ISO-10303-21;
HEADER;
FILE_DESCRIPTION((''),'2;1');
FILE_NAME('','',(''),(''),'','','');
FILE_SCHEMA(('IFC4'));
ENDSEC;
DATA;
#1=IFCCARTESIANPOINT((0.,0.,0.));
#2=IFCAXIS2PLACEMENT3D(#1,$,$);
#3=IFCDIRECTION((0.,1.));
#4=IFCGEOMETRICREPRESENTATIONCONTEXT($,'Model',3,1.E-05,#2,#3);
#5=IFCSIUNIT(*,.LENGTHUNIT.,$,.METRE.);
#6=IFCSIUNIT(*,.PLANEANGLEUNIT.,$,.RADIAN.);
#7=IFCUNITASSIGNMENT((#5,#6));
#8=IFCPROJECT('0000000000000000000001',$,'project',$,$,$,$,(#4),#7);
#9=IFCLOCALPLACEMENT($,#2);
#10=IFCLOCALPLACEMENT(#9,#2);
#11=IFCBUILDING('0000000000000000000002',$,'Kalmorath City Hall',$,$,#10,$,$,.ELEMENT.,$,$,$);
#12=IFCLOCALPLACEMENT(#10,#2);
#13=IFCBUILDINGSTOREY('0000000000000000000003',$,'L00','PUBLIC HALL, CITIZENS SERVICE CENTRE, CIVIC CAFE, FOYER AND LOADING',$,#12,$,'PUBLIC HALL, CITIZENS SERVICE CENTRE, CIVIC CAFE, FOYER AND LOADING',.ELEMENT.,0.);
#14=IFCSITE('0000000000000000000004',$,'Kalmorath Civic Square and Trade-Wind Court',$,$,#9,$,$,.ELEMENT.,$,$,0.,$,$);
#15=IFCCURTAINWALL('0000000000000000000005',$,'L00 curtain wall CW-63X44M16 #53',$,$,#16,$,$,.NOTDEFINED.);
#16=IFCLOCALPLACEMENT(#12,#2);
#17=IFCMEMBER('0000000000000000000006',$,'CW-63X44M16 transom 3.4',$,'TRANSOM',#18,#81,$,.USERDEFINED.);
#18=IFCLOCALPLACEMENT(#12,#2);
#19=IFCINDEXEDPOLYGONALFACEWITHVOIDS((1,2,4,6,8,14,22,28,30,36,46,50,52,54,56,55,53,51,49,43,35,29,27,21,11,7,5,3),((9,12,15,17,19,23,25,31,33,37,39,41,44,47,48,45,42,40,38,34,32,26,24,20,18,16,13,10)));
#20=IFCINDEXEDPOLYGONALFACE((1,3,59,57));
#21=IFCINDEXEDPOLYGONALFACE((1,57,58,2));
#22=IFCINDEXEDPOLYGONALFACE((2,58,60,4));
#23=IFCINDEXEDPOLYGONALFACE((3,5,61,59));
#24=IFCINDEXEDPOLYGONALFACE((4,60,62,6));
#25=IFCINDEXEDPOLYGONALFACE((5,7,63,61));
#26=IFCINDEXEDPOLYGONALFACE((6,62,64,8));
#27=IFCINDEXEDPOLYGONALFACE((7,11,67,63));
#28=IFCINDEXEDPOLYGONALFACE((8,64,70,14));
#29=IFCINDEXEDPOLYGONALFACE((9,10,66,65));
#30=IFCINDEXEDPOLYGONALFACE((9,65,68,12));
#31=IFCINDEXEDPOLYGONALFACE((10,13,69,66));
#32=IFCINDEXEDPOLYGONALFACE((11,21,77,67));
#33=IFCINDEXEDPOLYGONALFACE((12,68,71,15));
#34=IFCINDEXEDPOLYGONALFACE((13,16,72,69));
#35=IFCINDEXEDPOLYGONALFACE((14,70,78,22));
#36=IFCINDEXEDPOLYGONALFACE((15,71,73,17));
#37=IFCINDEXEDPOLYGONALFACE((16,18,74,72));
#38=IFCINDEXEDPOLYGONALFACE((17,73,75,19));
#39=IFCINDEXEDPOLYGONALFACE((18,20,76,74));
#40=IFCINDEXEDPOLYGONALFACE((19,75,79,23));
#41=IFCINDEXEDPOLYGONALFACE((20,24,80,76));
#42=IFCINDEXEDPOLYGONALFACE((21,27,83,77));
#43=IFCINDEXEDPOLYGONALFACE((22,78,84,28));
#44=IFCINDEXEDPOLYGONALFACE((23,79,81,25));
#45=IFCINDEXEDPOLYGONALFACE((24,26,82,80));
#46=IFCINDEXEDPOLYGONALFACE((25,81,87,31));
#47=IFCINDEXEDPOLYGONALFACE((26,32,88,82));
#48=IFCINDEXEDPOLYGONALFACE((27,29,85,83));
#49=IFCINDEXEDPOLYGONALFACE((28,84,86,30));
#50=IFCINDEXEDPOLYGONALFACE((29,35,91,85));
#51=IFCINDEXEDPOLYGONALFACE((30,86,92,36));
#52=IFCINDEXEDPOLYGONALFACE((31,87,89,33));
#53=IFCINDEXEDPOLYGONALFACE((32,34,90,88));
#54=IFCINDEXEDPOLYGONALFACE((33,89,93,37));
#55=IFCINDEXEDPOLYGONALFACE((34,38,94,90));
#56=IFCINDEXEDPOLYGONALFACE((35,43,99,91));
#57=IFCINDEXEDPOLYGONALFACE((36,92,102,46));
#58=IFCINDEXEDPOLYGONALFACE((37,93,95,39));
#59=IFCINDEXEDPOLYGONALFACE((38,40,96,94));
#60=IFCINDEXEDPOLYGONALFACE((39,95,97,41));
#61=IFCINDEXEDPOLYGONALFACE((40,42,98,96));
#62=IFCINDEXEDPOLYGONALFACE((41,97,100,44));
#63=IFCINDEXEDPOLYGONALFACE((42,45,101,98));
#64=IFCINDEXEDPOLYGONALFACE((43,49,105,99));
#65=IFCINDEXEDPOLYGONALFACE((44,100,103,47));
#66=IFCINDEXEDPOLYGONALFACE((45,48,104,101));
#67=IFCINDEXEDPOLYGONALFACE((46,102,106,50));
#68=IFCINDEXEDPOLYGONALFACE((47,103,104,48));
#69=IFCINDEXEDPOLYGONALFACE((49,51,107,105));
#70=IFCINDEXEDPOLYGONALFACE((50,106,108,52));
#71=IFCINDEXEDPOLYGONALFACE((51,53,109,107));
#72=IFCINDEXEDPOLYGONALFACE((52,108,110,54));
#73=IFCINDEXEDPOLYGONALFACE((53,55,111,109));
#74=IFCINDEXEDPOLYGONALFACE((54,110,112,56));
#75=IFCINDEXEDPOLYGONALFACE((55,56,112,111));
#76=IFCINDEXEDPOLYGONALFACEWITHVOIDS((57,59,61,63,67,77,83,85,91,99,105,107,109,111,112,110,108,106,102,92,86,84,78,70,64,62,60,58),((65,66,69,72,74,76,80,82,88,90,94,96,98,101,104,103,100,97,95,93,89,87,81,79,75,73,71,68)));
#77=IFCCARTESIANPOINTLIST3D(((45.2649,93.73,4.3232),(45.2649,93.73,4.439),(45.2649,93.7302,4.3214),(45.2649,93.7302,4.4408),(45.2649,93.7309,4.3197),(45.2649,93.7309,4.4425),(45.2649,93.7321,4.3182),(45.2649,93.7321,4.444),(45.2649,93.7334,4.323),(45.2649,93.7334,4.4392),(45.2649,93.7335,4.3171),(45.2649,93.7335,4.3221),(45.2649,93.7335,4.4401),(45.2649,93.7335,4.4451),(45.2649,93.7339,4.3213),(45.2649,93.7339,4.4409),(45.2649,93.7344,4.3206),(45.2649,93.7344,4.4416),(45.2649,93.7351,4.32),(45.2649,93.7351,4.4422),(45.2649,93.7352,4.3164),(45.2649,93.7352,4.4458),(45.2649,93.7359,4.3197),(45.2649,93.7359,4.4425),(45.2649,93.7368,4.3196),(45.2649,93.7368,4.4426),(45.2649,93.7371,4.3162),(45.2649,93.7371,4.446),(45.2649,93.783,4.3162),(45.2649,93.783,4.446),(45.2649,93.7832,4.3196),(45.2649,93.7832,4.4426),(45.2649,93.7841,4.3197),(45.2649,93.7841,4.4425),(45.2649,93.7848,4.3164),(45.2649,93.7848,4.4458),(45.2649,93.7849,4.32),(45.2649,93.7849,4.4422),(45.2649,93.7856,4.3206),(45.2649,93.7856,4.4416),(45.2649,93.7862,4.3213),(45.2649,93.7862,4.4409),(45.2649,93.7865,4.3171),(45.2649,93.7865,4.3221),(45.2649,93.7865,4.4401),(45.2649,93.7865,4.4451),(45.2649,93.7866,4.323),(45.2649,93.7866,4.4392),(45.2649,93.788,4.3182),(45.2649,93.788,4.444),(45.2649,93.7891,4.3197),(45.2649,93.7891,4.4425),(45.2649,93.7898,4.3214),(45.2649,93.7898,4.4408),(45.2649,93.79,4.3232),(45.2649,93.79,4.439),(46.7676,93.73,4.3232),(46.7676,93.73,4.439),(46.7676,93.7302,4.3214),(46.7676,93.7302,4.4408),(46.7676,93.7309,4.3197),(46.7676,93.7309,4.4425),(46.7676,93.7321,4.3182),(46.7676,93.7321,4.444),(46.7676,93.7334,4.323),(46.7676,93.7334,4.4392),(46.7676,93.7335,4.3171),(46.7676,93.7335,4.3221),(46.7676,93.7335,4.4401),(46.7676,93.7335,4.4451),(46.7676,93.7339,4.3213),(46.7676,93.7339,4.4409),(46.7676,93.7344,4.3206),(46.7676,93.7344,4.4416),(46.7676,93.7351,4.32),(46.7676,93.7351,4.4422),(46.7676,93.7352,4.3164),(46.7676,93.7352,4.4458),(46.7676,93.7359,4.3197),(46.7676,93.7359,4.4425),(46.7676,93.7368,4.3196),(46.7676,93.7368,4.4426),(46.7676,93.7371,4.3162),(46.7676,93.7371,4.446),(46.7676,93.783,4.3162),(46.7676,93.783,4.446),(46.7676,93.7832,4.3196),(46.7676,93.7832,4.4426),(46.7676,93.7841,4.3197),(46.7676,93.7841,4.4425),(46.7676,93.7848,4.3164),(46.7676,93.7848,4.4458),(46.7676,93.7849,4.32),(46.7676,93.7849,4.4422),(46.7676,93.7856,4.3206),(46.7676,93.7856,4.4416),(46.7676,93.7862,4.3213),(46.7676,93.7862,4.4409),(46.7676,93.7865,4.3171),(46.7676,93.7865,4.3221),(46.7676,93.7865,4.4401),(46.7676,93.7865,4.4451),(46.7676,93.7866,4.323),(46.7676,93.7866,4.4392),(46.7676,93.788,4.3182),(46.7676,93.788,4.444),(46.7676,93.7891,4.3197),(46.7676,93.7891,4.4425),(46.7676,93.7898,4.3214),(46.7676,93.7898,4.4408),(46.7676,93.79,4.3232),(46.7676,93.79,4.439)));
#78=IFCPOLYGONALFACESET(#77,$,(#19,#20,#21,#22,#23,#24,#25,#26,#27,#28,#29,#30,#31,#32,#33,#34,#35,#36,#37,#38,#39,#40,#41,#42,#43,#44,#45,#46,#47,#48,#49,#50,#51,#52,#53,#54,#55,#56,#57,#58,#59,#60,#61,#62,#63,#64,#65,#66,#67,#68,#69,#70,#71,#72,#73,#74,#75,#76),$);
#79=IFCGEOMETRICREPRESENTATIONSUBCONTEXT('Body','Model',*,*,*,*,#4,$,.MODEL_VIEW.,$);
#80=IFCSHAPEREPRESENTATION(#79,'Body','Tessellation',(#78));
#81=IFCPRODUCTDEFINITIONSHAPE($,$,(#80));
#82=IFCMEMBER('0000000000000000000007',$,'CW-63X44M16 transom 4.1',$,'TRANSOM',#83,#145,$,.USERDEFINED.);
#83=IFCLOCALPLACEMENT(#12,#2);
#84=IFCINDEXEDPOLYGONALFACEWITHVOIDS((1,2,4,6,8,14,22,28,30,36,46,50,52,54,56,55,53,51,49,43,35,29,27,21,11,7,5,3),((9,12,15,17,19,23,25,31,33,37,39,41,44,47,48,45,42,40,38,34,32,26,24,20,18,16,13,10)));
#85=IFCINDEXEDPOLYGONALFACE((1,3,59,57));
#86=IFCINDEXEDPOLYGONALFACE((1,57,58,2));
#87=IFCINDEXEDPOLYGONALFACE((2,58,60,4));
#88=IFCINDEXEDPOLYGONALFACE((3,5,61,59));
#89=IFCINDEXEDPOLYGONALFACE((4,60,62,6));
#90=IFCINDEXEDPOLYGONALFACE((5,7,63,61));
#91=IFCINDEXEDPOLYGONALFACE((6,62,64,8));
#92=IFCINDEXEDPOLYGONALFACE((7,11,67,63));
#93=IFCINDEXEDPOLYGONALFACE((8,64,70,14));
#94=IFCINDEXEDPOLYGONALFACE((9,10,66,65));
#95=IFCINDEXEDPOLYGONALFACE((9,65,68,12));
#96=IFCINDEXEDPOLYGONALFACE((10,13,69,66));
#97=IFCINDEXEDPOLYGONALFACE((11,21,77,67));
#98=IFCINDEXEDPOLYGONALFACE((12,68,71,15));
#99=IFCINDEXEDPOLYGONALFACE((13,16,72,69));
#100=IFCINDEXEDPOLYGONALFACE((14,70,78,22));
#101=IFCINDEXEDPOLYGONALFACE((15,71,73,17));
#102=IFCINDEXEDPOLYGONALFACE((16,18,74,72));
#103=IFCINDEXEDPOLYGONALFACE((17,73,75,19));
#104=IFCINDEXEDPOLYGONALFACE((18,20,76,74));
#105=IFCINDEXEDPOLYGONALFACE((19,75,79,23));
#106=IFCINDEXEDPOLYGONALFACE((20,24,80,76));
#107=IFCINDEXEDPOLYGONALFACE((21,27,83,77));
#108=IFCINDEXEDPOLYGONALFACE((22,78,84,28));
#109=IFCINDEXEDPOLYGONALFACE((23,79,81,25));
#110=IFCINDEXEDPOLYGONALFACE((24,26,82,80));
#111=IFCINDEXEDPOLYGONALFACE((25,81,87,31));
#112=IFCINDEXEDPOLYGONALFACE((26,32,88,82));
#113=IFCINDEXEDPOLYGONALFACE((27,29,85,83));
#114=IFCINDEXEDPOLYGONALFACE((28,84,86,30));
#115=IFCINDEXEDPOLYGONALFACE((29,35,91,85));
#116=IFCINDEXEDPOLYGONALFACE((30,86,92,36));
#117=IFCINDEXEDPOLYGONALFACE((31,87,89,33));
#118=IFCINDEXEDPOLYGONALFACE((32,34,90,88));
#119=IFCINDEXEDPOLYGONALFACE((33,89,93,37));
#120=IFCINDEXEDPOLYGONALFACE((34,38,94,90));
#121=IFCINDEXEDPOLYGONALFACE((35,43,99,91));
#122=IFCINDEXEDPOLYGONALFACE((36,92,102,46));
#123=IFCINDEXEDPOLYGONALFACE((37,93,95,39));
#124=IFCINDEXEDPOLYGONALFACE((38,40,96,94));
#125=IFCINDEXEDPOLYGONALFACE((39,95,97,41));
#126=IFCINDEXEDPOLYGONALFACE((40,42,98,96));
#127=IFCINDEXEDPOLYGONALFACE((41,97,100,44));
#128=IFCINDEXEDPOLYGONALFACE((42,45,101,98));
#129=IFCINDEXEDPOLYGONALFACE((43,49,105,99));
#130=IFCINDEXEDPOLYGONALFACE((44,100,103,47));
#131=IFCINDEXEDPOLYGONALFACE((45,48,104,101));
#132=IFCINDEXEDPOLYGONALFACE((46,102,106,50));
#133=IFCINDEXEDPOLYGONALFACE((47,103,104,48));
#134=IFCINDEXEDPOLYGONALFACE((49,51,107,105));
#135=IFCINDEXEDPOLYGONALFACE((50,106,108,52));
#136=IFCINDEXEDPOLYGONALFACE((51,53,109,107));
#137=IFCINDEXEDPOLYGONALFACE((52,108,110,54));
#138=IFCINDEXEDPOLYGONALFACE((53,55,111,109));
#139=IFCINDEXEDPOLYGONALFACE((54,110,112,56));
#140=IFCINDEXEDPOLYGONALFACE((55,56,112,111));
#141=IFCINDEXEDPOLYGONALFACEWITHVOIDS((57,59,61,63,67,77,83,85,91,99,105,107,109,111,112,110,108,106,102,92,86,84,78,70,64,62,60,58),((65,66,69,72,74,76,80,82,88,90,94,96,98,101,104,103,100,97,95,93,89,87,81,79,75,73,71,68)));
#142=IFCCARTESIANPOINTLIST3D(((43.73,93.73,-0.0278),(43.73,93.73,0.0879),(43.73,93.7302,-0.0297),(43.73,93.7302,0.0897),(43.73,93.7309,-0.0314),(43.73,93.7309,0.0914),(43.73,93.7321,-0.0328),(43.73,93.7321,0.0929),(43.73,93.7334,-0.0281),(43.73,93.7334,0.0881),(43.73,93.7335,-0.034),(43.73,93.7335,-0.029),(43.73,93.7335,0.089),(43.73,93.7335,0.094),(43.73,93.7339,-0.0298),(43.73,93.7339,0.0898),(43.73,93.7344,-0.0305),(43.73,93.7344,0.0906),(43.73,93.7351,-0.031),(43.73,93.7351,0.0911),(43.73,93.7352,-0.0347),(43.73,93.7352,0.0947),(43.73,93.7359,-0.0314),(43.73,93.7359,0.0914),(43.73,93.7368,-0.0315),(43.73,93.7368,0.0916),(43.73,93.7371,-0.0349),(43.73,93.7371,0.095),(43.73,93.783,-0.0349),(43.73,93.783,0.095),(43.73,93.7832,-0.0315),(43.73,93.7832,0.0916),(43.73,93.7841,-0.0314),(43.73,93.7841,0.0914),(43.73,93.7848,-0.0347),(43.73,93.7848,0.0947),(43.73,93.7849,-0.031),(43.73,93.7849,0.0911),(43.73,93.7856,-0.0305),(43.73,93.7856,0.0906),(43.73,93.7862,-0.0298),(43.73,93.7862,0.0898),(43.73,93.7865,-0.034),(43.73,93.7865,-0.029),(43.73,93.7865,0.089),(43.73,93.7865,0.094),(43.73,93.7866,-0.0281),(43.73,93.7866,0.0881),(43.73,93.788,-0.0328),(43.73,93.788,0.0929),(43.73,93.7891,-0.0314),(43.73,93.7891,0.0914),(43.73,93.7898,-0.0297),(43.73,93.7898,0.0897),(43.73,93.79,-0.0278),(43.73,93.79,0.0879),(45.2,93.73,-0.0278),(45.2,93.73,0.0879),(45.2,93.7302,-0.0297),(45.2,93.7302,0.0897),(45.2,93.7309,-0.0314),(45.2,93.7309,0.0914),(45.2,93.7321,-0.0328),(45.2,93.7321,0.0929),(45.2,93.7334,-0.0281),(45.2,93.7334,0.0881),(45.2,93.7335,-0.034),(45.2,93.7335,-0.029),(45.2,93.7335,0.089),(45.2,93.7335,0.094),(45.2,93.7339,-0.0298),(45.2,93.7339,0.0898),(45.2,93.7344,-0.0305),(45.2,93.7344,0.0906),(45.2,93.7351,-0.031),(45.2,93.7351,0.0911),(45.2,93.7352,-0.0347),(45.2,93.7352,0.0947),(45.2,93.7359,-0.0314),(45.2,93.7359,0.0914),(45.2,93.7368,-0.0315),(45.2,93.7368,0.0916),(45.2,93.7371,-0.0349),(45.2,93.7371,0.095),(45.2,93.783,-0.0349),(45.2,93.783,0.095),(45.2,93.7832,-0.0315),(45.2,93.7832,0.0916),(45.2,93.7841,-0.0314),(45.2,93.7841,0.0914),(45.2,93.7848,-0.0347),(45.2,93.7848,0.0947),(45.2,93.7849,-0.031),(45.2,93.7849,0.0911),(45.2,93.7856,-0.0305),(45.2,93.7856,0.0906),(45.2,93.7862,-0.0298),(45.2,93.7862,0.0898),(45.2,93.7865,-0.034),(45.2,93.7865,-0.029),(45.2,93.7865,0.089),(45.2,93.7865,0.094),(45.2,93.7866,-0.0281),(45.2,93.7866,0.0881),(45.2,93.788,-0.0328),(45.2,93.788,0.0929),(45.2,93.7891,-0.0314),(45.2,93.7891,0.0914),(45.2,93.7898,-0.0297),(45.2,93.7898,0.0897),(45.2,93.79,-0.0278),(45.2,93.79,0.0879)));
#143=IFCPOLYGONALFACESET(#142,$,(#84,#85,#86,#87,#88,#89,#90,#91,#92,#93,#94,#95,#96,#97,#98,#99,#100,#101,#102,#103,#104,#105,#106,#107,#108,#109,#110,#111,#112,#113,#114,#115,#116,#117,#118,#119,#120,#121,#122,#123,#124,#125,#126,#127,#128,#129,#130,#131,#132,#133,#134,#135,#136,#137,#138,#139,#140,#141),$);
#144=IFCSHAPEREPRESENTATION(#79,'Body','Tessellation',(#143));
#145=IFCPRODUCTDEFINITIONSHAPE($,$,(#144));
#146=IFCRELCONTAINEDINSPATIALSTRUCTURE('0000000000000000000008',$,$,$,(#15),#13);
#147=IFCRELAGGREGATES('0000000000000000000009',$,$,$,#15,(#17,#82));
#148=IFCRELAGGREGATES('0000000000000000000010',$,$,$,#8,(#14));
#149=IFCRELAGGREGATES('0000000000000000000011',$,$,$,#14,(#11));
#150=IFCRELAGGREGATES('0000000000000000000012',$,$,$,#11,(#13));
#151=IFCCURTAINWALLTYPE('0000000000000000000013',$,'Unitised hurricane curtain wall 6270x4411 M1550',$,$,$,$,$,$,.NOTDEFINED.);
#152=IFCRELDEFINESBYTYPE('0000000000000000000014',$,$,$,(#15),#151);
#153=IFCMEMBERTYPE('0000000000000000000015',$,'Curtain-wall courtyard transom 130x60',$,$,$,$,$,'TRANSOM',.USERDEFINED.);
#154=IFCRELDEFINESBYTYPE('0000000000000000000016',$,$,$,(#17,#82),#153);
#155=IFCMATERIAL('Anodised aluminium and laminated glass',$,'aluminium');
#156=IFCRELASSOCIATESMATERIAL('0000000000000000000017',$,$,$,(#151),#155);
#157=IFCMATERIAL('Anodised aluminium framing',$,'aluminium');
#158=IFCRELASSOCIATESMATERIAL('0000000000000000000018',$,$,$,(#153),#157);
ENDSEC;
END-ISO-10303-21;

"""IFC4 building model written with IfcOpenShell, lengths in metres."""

from ifc_helpers import new_model, si_unit, direction, frame, origin, origin_2d, place, context, subcontext, project, spatial, hollow_rectangle, extrude, material, material_profile, profile_set, type_object, element, aggregate, save


model = new_model("IFC4")

# Units and contexts
model_context = context("Model", 3, precision=1e-05, world=origin(), true_north=direction((0.0, 1.0)))
body_context = subcontext(model_context, "Body", "Model", "MODEL_VIEW")
ifc_project = project(units=[si_unit("LENGTHUNIT", "METRE"), si_unit("PLANEANGLEUNIT", "RADIAN")], contexts=[model_context])

# Site, building, storey
site_placement = place(None, origin())
site = spatial("IfcSite", under=ifc_project, at=site_placement, Name="Kalmorath Civic Square and Trade-Wind Court", CompositionType="ELEMENT", RefElevation=0.0)
building_placement = place(site_placement, origin())
building = spatial("IfcBuilding", under=site, at=building_placement, Name="Kalmorath City Hall", CompositionType="ELEMENT")
storey_placement = place(building_placement, origin())
storey = spatial("IfcBuildingStorey", under=building, at=storey_placement, Name="L00", Description="PUBLIC HALL, CITIZENS SERVICE CENTRE, CIVIC CAFE, FOYER AND LOADING", LongName="PUBLIC HALL, CITIZENS SERVICE CENTRE, CIVIC CAFE, FOYER AND LOADING", CompositionType="ELEMENT", Elevation=0.0)

# Curtain wall, members
ifc_material_1 = material(Name="Anodised aluminium and laminated glass", Category="aluminium")
curtain_wall_type = type_object("IfcCurtainWallType", Name="Unitised hurricane curtain wall 6270x4411 M1550", PredefinedType="NOTDEFINED", material=ifc_material_1)
curtain_wall_placement = place(storey_placement, origin())
curtain_wall = element("IfcCurtainWall", 1, at=curtain_wall_placement, inside=storey, type_object=curtain_wall_type, Name="L00 curtain wall CW-63X44M16 #53", PredefinedType="NOTDEFINED")
ifc_material_2 = material(Name="Anodised aluminium framing", Category="aluminium")
ifc_material_profile_1 = material_profile(ifc_material_2, hollow_rectangle(XDim=0.0601, YDim=0.1299, WallThickness=0.0034, InnerFilletRadius=0.0034, OuterFilletRadius=0.0071, at=origin_2d()), Name="ALU-TRN-130X60X3.5")
ifc_profile_set_1 = profile_set([ifc_material_profile_1], Name="Anodised aluminium framing")
member_type_1 = type_object("IfcMemberType", Name="Curtain-wall courtyard transom 130x60", ElementType="TRANSOM", PredefinedType="USERDEFINED", material=ifc_profile_set_1)
member_1_placement = place(storey_placement, frame((46.7676, 93.76, 4.3811), z_axis=(-1.0, 0.0, 0.0), x_axis=(0.0, -1.0, 0.0)))
member_1 = element("IfcMember", 2, at=member_1_placement, type_object=member_type_1, Name="CW-63X44M16 transom 3.4", ObjectType="TRANSOM", PredefinedType="USERDEFINED", context=body_context, shape_type="SweptSolid", body=[
    extrude(hollow_rectangle(XDim=0.0601, YDim=0.1299, WallThickness=0.0034, InnerFilletRadius=0.0034, OuterFilletRadius=0.0071, at=origin_2d()), origin(), (0.0, 0.0, 1.0), 1.5027),
])
member_2_placement = place(storey_placement, frame((45.2, 93.76, 0.03), z_axis=(-1.0, 0.0, 0.0), x_axis=(0.0, -1.0, 0.0)))
member_2 = element("IfcMember", 3, at=member_2_placement, type_object=member_type_1, Name="CW-63X44M16 transom 4.1", ObjectType="TRANSOM", PredefinedType="USERDEFINED", context=body_context, shape_type="SweptSolid", body=[
    extrude(hollow_rectangle(XDim=0.0601, YDim=0.1299, WallThickness=0.0034, InnerFilletRadius=0.0034, OuterFilletRadius=0.0071, at=origin_2d()), origin(), (0.0, 0.0, 1.0), 1.47),
])
aggregate(curtain_wall, [member_1, member_2])

save(model, "model.ifc")
